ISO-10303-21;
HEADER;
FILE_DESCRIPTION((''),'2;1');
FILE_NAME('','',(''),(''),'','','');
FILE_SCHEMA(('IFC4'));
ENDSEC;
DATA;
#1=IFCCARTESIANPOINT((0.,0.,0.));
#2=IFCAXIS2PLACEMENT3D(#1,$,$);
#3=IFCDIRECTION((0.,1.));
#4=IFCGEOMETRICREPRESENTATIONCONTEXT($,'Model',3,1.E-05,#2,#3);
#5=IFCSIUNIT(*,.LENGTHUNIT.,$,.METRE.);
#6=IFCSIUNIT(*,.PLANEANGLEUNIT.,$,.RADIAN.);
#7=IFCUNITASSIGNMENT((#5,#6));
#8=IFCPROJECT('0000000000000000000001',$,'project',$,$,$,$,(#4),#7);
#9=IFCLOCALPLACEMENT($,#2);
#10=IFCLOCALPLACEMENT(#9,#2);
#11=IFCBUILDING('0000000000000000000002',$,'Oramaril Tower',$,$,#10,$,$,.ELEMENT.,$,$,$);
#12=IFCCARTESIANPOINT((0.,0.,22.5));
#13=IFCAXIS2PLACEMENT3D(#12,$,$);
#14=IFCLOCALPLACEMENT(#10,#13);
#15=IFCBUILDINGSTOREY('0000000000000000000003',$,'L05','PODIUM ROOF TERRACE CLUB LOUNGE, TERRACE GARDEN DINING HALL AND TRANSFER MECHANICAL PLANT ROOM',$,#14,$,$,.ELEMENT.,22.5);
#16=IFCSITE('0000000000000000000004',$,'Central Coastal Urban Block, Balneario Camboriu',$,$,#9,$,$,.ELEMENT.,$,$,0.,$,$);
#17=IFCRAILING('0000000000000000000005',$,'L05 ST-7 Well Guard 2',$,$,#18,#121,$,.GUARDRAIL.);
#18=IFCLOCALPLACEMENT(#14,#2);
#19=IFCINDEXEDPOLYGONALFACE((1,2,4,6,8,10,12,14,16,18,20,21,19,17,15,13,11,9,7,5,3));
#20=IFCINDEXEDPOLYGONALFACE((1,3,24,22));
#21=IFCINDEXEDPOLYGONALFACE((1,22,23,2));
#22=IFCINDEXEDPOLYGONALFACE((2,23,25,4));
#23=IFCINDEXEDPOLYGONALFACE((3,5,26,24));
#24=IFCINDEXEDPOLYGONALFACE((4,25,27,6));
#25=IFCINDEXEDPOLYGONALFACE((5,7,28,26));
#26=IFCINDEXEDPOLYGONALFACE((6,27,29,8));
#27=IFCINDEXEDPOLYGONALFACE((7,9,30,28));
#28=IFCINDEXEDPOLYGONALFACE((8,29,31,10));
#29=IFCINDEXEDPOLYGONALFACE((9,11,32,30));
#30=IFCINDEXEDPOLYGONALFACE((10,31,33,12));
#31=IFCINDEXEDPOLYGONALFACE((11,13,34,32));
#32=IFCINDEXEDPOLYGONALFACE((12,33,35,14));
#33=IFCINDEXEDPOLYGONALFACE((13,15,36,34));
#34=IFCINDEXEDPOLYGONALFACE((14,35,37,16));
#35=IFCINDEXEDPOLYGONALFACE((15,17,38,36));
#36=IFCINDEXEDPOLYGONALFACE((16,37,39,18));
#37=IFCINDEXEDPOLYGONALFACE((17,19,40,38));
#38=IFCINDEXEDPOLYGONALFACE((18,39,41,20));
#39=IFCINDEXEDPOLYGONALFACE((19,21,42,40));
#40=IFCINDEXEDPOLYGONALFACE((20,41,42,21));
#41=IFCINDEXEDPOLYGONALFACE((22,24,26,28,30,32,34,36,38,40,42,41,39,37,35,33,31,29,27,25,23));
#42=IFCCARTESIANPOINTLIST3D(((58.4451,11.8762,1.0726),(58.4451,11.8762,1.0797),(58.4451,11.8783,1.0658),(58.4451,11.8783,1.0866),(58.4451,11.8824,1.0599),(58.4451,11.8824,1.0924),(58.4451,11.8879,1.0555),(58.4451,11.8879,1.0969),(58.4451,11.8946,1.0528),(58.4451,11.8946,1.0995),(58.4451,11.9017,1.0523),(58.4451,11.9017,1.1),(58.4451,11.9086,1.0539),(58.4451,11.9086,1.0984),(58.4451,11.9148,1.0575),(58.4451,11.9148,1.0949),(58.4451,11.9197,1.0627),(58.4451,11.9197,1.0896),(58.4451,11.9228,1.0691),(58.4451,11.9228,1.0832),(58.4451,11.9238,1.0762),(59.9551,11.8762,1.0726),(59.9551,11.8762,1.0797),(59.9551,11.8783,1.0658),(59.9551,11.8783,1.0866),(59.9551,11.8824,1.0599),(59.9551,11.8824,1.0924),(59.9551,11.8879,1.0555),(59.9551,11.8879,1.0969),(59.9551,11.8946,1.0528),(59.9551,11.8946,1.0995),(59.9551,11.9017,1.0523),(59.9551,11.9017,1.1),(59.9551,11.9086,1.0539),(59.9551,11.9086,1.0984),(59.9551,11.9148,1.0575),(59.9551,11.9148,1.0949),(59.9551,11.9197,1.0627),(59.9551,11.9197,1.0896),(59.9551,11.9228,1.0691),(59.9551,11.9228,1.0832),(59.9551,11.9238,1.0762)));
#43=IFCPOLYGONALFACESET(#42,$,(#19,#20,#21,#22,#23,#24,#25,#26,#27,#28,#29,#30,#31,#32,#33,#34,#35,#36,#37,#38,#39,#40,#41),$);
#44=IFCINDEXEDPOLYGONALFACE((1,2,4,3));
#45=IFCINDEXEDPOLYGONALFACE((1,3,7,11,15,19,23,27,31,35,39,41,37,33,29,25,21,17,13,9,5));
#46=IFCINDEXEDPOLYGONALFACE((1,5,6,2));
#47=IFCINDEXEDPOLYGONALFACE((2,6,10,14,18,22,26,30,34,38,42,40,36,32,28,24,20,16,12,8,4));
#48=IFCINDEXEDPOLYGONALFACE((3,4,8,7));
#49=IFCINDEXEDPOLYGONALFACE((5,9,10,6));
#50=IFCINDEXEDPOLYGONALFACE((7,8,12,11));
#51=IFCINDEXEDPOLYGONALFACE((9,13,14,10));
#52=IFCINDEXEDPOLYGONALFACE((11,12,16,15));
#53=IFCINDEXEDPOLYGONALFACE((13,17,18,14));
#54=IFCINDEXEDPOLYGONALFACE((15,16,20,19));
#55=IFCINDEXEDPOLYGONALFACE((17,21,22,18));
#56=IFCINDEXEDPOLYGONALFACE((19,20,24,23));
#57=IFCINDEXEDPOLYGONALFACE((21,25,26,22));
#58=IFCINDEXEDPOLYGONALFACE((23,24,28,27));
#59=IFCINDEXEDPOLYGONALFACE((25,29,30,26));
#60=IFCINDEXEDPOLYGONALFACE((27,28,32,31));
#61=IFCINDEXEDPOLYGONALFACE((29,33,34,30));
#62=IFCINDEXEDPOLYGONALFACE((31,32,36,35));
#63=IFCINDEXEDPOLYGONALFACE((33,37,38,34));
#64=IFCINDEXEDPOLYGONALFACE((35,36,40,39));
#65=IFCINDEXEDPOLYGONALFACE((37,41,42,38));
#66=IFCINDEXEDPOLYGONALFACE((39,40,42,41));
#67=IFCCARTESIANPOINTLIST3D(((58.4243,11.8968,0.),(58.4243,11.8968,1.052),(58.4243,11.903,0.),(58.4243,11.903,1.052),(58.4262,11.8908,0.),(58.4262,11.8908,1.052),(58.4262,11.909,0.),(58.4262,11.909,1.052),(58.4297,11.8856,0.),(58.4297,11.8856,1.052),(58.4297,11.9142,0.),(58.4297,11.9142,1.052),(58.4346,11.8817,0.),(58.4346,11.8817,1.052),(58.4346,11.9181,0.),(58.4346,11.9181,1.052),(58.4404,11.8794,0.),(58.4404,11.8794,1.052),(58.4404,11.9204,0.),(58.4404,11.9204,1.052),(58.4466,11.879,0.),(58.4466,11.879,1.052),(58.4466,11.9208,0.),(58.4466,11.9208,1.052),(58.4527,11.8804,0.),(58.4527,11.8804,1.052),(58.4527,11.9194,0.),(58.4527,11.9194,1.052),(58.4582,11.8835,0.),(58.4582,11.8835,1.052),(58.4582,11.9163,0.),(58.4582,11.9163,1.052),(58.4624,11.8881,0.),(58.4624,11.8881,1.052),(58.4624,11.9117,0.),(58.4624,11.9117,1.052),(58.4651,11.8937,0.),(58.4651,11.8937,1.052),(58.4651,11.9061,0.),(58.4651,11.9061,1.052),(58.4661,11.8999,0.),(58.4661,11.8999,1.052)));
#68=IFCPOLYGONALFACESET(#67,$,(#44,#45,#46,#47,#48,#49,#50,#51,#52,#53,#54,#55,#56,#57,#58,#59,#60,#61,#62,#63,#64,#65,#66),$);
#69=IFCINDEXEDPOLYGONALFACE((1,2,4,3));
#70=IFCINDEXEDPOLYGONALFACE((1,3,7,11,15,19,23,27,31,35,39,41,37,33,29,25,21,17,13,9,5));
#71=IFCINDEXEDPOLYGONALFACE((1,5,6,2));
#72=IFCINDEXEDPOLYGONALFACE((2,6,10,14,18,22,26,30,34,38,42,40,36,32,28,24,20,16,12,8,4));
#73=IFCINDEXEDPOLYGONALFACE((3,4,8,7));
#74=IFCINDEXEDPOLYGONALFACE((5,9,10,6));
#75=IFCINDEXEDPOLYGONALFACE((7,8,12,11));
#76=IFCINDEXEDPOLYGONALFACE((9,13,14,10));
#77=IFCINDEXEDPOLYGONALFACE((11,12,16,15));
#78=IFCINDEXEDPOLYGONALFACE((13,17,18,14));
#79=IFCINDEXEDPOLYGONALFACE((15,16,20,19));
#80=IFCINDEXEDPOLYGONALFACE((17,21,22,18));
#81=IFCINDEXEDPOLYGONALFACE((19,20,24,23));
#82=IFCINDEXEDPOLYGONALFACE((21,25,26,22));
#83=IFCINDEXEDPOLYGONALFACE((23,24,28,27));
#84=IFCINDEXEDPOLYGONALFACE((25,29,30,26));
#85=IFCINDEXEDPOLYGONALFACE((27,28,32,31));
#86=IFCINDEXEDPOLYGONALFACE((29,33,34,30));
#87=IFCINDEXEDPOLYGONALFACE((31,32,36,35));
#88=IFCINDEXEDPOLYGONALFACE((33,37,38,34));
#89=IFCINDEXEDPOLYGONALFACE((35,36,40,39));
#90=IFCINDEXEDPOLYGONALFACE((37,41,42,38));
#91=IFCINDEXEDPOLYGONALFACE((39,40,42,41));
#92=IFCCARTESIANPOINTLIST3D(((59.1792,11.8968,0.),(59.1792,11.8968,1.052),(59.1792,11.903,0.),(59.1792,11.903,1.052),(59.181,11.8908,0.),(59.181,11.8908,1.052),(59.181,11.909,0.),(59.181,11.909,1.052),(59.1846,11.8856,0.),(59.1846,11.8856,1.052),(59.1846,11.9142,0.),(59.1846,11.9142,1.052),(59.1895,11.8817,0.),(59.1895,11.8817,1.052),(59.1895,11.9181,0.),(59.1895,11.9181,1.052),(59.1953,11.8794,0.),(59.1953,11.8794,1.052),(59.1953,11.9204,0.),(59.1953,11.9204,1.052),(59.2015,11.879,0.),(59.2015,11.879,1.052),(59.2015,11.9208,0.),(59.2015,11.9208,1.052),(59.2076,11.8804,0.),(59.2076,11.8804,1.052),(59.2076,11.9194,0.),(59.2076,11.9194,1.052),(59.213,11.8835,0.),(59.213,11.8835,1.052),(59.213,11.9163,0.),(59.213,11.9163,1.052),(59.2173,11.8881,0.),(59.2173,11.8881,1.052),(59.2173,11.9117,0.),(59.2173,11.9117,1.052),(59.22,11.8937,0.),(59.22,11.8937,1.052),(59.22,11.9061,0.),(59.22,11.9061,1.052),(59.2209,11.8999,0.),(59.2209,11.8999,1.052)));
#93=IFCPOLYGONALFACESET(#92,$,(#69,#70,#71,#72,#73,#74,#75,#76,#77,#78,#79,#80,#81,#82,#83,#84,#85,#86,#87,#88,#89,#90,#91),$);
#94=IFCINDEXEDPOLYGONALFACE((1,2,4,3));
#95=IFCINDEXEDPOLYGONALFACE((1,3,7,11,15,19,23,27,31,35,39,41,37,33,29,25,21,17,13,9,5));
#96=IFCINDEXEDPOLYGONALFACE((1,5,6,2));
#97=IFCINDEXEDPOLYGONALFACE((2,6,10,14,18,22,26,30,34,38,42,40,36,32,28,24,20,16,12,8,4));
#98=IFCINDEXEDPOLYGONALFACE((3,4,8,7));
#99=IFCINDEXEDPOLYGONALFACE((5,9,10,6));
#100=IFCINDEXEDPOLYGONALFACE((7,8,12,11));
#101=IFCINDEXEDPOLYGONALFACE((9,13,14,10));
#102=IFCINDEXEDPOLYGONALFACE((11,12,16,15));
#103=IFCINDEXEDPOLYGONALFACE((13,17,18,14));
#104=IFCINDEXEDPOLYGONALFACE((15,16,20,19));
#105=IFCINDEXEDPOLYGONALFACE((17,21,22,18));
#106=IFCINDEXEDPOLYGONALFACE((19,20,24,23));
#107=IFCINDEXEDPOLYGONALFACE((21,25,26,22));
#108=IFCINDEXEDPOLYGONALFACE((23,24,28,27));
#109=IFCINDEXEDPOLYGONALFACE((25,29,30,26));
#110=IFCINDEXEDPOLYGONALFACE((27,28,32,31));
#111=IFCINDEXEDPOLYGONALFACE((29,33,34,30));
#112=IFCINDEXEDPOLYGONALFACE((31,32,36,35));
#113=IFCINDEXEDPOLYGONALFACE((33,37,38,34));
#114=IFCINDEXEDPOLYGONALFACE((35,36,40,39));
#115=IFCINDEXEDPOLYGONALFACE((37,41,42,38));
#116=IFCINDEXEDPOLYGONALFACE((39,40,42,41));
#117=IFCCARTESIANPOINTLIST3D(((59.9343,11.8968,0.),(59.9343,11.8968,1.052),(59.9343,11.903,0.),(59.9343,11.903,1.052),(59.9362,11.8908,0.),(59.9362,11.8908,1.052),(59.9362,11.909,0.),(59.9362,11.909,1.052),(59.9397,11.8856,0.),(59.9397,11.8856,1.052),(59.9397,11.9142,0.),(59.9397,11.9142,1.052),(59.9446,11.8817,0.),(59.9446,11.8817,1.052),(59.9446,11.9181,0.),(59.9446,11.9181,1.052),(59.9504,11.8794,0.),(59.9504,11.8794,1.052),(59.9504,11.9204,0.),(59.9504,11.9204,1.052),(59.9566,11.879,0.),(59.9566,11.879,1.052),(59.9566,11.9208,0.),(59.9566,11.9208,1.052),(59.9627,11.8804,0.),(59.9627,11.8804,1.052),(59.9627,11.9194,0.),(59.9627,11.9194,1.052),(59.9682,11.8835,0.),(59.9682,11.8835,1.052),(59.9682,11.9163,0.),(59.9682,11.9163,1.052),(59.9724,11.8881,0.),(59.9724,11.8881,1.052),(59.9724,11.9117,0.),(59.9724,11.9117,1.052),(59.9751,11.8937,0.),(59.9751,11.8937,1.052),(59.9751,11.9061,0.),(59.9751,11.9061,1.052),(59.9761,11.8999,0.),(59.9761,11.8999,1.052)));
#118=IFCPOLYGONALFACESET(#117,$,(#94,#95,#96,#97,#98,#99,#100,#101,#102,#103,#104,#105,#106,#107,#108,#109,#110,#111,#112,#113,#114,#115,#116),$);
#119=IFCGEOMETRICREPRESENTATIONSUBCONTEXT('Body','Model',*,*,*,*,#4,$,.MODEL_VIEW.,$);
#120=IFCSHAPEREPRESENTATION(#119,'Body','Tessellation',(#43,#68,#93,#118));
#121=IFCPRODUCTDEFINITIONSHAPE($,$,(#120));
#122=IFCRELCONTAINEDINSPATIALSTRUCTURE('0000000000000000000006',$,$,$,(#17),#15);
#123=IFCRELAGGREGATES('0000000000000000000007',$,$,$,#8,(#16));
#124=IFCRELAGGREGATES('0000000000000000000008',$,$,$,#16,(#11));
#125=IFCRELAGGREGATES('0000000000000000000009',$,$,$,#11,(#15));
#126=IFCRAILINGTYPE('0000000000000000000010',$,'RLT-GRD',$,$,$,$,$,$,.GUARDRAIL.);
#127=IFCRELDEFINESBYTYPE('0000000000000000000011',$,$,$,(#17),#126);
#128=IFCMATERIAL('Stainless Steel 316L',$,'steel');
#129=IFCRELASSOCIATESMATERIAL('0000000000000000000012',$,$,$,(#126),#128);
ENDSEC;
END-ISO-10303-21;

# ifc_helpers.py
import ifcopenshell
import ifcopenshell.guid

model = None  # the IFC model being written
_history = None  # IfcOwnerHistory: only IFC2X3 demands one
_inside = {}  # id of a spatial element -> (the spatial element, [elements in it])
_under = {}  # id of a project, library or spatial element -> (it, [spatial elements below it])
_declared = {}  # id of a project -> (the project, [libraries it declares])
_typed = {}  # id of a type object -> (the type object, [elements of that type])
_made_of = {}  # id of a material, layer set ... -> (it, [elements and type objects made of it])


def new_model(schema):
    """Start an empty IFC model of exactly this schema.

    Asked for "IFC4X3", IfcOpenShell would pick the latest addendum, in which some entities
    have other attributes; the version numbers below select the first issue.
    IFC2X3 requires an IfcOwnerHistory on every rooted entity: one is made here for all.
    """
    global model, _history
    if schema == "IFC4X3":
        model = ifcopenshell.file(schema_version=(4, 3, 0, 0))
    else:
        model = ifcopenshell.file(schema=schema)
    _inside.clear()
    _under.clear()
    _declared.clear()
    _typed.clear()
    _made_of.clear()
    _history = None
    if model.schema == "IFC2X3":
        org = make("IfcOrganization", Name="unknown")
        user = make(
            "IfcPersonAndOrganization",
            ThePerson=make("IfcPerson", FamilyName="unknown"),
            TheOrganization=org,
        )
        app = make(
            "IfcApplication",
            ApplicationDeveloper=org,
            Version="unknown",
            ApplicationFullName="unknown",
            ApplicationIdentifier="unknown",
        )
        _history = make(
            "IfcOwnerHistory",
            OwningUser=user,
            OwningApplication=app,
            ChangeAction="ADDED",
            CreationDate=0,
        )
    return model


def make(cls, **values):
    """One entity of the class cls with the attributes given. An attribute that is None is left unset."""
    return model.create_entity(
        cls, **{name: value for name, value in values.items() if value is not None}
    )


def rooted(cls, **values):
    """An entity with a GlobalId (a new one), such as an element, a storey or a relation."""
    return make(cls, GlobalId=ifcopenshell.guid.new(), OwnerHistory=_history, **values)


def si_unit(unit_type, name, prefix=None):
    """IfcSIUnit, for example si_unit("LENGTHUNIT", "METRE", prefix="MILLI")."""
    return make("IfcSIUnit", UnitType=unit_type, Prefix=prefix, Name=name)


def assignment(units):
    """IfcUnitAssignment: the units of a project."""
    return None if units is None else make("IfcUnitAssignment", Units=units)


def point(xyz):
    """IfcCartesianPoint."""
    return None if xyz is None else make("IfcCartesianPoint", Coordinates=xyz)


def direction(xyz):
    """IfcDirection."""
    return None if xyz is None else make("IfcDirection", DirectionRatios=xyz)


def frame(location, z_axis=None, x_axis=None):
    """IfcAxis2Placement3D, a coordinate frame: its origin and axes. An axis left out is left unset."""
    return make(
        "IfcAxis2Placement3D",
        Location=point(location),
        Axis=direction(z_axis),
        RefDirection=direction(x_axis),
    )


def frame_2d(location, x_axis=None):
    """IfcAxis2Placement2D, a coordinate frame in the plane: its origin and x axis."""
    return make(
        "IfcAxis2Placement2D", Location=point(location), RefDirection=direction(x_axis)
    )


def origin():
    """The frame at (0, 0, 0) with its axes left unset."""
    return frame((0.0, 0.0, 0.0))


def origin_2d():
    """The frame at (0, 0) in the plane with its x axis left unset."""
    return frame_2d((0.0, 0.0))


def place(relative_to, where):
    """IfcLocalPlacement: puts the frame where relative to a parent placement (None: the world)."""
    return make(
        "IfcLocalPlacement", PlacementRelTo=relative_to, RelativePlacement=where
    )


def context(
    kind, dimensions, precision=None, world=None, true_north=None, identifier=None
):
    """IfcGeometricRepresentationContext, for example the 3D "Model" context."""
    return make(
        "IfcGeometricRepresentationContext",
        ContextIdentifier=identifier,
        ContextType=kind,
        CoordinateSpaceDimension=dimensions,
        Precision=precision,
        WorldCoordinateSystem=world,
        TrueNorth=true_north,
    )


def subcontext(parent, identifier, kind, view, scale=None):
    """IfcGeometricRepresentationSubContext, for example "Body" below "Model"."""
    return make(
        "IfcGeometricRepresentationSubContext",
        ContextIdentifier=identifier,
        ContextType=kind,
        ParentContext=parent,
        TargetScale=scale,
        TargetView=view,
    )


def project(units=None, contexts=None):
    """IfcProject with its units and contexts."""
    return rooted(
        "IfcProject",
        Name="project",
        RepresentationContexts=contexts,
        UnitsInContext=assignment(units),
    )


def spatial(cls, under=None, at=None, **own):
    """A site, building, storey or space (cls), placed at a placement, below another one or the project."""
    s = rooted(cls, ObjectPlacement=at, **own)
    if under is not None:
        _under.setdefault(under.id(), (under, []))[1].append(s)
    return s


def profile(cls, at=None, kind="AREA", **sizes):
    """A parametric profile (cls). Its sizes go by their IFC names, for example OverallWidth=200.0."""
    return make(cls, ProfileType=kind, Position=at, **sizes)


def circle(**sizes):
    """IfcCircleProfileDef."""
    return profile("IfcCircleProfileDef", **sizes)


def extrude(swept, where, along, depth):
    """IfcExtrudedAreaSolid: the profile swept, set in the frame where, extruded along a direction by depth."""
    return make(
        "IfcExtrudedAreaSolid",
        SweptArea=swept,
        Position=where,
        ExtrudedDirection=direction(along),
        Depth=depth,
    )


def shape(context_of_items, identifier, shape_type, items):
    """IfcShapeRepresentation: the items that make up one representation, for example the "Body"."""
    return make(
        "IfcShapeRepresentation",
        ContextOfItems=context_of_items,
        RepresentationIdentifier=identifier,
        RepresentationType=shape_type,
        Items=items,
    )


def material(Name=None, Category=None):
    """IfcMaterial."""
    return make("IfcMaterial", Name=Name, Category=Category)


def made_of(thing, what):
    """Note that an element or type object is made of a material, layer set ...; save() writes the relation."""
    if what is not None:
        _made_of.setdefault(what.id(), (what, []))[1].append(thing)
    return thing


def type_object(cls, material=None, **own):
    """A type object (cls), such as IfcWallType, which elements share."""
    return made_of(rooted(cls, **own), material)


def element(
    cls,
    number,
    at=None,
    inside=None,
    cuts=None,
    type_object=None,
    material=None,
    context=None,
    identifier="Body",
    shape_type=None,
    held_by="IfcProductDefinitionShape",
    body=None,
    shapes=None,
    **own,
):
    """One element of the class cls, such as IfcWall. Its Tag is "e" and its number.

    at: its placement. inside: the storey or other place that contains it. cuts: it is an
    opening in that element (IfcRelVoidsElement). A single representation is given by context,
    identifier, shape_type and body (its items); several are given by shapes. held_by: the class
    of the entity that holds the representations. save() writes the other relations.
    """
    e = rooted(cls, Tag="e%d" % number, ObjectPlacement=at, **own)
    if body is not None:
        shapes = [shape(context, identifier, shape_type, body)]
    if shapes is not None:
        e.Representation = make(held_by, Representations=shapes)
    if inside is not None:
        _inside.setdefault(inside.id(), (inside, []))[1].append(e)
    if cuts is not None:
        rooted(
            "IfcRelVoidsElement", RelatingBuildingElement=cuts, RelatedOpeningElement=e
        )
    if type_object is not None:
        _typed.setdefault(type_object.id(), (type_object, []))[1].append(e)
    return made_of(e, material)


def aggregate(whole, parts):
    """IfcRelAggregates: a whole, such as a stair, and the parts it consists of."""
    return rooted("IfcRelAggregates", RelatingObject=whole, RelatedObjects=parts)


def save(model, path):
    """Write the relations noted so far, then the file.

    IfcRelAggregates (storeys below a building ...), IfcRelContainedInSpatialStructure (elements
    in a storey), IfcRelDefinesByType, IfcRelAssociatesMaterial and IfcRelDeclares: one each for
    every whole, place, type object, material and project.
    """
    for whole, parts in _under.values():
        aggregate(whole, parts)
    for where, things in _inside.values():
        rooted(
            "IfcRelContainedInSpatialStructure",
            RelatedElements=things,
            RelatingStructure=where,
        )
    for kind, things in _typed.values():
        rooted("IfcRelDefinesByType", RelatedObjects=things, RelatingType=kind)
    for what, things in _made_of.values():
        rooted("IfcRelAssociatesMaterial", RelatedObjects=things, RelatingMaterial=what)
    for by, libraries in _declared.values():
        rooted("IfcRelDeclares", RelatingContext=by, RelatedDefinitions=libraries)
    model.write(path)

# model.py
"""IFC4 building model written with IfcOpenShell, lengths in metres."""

from ifc_helpers import new_model, si_unit, direction, frame, origin, origin_2d, place, context, subcontext, project, spatial, circle, extrude, material, type_object, element, save


model = new_model("IFC4")

# Units and contexts
model_context = context("Model", 3, precision=1e-05, world=origin(), true_north=direction((0.0, 1.0)))
body_context = subcontext(model_context, "Body", "Model", "MODEL_VIEW")
ifc_project = project(units=[si_unit("LENGTHUNIT", "METRE"), si_unit("PLANEANGLEUNIT", "RADIAN")], contexts=[model_context])

# Site, building, storey
site_placement = place(None, origin())
site = spatial("IfcSite", under=ifc_project, at=site_placement, Name="Central Coastal Urban Block, Balneario Camboriu", CompositionType="ELEMENT", RefElevation=0.0)
building_placement = place(site_placement, origin())
building = spatial("IfcBuilding", under=site, at=building_placement, Name="Oramaril Tower", CompositionType="ELEMENT")
storey_placement = place(building_placement, frame((0.0, 0.0, 22.5)))
storey = spatial("IfcBuildingStorey", under=building, at=storey_placement, Name="L05", Description="PODIUM ROOF TERRACE CLUB LOUNGE, TERRACE GARDEN DINING HALL AND TRANSFER MECHANICAL PLANT ROOM", CompositionType="ELEMENT", Elevation=22.5)

# Railing
ifc_material_1 = material(Name="Stainless Steel 316L", Category="steel")
railing_type = type_object("IfcRailingType", Name="RLT-GRD", PredefinedType="GUARDRAIL", material=ifc_material_1)
railing_1_placement = place(storey_placement, frame((58.4451, 11.8999, 0.0)))
element("IfcRailing", 1, at=railing_1_placement, inside=storey, type_object=railing_type, Name="L05 ST-7 Well Guard 2", PredefinedType="GUARDRAIL", context=body_context, shape_type="SweptSolid", body=[
    extrude(circle(Radius=0.0239, at=origin_2d()), frame((0.0, 0.0, 1.0762), z_axis=(1.0, 0.0, 0.0), x_axis=(0.0, 1.0, 0.0)), (0.0, 0.0, 1.0), 1.51),
    extrude(circle(Radius=0.021, at=origin_2d()), origin(), (0.0, 0.0, 1.0), 1.052),
    extrude(circle(Radius=0.021, at=origin_2d()), frame((0.7549, 0.0, 0.0)), (0.0, 0.0, 1.0), 1.052),
    extrude(circle(Radius=0.021, at=origin_2d()), frame((1.51, 0.0, 0.0)), (0.0, 0.0, 1.0), 1.052),
])

save(model, "model.ifc")
